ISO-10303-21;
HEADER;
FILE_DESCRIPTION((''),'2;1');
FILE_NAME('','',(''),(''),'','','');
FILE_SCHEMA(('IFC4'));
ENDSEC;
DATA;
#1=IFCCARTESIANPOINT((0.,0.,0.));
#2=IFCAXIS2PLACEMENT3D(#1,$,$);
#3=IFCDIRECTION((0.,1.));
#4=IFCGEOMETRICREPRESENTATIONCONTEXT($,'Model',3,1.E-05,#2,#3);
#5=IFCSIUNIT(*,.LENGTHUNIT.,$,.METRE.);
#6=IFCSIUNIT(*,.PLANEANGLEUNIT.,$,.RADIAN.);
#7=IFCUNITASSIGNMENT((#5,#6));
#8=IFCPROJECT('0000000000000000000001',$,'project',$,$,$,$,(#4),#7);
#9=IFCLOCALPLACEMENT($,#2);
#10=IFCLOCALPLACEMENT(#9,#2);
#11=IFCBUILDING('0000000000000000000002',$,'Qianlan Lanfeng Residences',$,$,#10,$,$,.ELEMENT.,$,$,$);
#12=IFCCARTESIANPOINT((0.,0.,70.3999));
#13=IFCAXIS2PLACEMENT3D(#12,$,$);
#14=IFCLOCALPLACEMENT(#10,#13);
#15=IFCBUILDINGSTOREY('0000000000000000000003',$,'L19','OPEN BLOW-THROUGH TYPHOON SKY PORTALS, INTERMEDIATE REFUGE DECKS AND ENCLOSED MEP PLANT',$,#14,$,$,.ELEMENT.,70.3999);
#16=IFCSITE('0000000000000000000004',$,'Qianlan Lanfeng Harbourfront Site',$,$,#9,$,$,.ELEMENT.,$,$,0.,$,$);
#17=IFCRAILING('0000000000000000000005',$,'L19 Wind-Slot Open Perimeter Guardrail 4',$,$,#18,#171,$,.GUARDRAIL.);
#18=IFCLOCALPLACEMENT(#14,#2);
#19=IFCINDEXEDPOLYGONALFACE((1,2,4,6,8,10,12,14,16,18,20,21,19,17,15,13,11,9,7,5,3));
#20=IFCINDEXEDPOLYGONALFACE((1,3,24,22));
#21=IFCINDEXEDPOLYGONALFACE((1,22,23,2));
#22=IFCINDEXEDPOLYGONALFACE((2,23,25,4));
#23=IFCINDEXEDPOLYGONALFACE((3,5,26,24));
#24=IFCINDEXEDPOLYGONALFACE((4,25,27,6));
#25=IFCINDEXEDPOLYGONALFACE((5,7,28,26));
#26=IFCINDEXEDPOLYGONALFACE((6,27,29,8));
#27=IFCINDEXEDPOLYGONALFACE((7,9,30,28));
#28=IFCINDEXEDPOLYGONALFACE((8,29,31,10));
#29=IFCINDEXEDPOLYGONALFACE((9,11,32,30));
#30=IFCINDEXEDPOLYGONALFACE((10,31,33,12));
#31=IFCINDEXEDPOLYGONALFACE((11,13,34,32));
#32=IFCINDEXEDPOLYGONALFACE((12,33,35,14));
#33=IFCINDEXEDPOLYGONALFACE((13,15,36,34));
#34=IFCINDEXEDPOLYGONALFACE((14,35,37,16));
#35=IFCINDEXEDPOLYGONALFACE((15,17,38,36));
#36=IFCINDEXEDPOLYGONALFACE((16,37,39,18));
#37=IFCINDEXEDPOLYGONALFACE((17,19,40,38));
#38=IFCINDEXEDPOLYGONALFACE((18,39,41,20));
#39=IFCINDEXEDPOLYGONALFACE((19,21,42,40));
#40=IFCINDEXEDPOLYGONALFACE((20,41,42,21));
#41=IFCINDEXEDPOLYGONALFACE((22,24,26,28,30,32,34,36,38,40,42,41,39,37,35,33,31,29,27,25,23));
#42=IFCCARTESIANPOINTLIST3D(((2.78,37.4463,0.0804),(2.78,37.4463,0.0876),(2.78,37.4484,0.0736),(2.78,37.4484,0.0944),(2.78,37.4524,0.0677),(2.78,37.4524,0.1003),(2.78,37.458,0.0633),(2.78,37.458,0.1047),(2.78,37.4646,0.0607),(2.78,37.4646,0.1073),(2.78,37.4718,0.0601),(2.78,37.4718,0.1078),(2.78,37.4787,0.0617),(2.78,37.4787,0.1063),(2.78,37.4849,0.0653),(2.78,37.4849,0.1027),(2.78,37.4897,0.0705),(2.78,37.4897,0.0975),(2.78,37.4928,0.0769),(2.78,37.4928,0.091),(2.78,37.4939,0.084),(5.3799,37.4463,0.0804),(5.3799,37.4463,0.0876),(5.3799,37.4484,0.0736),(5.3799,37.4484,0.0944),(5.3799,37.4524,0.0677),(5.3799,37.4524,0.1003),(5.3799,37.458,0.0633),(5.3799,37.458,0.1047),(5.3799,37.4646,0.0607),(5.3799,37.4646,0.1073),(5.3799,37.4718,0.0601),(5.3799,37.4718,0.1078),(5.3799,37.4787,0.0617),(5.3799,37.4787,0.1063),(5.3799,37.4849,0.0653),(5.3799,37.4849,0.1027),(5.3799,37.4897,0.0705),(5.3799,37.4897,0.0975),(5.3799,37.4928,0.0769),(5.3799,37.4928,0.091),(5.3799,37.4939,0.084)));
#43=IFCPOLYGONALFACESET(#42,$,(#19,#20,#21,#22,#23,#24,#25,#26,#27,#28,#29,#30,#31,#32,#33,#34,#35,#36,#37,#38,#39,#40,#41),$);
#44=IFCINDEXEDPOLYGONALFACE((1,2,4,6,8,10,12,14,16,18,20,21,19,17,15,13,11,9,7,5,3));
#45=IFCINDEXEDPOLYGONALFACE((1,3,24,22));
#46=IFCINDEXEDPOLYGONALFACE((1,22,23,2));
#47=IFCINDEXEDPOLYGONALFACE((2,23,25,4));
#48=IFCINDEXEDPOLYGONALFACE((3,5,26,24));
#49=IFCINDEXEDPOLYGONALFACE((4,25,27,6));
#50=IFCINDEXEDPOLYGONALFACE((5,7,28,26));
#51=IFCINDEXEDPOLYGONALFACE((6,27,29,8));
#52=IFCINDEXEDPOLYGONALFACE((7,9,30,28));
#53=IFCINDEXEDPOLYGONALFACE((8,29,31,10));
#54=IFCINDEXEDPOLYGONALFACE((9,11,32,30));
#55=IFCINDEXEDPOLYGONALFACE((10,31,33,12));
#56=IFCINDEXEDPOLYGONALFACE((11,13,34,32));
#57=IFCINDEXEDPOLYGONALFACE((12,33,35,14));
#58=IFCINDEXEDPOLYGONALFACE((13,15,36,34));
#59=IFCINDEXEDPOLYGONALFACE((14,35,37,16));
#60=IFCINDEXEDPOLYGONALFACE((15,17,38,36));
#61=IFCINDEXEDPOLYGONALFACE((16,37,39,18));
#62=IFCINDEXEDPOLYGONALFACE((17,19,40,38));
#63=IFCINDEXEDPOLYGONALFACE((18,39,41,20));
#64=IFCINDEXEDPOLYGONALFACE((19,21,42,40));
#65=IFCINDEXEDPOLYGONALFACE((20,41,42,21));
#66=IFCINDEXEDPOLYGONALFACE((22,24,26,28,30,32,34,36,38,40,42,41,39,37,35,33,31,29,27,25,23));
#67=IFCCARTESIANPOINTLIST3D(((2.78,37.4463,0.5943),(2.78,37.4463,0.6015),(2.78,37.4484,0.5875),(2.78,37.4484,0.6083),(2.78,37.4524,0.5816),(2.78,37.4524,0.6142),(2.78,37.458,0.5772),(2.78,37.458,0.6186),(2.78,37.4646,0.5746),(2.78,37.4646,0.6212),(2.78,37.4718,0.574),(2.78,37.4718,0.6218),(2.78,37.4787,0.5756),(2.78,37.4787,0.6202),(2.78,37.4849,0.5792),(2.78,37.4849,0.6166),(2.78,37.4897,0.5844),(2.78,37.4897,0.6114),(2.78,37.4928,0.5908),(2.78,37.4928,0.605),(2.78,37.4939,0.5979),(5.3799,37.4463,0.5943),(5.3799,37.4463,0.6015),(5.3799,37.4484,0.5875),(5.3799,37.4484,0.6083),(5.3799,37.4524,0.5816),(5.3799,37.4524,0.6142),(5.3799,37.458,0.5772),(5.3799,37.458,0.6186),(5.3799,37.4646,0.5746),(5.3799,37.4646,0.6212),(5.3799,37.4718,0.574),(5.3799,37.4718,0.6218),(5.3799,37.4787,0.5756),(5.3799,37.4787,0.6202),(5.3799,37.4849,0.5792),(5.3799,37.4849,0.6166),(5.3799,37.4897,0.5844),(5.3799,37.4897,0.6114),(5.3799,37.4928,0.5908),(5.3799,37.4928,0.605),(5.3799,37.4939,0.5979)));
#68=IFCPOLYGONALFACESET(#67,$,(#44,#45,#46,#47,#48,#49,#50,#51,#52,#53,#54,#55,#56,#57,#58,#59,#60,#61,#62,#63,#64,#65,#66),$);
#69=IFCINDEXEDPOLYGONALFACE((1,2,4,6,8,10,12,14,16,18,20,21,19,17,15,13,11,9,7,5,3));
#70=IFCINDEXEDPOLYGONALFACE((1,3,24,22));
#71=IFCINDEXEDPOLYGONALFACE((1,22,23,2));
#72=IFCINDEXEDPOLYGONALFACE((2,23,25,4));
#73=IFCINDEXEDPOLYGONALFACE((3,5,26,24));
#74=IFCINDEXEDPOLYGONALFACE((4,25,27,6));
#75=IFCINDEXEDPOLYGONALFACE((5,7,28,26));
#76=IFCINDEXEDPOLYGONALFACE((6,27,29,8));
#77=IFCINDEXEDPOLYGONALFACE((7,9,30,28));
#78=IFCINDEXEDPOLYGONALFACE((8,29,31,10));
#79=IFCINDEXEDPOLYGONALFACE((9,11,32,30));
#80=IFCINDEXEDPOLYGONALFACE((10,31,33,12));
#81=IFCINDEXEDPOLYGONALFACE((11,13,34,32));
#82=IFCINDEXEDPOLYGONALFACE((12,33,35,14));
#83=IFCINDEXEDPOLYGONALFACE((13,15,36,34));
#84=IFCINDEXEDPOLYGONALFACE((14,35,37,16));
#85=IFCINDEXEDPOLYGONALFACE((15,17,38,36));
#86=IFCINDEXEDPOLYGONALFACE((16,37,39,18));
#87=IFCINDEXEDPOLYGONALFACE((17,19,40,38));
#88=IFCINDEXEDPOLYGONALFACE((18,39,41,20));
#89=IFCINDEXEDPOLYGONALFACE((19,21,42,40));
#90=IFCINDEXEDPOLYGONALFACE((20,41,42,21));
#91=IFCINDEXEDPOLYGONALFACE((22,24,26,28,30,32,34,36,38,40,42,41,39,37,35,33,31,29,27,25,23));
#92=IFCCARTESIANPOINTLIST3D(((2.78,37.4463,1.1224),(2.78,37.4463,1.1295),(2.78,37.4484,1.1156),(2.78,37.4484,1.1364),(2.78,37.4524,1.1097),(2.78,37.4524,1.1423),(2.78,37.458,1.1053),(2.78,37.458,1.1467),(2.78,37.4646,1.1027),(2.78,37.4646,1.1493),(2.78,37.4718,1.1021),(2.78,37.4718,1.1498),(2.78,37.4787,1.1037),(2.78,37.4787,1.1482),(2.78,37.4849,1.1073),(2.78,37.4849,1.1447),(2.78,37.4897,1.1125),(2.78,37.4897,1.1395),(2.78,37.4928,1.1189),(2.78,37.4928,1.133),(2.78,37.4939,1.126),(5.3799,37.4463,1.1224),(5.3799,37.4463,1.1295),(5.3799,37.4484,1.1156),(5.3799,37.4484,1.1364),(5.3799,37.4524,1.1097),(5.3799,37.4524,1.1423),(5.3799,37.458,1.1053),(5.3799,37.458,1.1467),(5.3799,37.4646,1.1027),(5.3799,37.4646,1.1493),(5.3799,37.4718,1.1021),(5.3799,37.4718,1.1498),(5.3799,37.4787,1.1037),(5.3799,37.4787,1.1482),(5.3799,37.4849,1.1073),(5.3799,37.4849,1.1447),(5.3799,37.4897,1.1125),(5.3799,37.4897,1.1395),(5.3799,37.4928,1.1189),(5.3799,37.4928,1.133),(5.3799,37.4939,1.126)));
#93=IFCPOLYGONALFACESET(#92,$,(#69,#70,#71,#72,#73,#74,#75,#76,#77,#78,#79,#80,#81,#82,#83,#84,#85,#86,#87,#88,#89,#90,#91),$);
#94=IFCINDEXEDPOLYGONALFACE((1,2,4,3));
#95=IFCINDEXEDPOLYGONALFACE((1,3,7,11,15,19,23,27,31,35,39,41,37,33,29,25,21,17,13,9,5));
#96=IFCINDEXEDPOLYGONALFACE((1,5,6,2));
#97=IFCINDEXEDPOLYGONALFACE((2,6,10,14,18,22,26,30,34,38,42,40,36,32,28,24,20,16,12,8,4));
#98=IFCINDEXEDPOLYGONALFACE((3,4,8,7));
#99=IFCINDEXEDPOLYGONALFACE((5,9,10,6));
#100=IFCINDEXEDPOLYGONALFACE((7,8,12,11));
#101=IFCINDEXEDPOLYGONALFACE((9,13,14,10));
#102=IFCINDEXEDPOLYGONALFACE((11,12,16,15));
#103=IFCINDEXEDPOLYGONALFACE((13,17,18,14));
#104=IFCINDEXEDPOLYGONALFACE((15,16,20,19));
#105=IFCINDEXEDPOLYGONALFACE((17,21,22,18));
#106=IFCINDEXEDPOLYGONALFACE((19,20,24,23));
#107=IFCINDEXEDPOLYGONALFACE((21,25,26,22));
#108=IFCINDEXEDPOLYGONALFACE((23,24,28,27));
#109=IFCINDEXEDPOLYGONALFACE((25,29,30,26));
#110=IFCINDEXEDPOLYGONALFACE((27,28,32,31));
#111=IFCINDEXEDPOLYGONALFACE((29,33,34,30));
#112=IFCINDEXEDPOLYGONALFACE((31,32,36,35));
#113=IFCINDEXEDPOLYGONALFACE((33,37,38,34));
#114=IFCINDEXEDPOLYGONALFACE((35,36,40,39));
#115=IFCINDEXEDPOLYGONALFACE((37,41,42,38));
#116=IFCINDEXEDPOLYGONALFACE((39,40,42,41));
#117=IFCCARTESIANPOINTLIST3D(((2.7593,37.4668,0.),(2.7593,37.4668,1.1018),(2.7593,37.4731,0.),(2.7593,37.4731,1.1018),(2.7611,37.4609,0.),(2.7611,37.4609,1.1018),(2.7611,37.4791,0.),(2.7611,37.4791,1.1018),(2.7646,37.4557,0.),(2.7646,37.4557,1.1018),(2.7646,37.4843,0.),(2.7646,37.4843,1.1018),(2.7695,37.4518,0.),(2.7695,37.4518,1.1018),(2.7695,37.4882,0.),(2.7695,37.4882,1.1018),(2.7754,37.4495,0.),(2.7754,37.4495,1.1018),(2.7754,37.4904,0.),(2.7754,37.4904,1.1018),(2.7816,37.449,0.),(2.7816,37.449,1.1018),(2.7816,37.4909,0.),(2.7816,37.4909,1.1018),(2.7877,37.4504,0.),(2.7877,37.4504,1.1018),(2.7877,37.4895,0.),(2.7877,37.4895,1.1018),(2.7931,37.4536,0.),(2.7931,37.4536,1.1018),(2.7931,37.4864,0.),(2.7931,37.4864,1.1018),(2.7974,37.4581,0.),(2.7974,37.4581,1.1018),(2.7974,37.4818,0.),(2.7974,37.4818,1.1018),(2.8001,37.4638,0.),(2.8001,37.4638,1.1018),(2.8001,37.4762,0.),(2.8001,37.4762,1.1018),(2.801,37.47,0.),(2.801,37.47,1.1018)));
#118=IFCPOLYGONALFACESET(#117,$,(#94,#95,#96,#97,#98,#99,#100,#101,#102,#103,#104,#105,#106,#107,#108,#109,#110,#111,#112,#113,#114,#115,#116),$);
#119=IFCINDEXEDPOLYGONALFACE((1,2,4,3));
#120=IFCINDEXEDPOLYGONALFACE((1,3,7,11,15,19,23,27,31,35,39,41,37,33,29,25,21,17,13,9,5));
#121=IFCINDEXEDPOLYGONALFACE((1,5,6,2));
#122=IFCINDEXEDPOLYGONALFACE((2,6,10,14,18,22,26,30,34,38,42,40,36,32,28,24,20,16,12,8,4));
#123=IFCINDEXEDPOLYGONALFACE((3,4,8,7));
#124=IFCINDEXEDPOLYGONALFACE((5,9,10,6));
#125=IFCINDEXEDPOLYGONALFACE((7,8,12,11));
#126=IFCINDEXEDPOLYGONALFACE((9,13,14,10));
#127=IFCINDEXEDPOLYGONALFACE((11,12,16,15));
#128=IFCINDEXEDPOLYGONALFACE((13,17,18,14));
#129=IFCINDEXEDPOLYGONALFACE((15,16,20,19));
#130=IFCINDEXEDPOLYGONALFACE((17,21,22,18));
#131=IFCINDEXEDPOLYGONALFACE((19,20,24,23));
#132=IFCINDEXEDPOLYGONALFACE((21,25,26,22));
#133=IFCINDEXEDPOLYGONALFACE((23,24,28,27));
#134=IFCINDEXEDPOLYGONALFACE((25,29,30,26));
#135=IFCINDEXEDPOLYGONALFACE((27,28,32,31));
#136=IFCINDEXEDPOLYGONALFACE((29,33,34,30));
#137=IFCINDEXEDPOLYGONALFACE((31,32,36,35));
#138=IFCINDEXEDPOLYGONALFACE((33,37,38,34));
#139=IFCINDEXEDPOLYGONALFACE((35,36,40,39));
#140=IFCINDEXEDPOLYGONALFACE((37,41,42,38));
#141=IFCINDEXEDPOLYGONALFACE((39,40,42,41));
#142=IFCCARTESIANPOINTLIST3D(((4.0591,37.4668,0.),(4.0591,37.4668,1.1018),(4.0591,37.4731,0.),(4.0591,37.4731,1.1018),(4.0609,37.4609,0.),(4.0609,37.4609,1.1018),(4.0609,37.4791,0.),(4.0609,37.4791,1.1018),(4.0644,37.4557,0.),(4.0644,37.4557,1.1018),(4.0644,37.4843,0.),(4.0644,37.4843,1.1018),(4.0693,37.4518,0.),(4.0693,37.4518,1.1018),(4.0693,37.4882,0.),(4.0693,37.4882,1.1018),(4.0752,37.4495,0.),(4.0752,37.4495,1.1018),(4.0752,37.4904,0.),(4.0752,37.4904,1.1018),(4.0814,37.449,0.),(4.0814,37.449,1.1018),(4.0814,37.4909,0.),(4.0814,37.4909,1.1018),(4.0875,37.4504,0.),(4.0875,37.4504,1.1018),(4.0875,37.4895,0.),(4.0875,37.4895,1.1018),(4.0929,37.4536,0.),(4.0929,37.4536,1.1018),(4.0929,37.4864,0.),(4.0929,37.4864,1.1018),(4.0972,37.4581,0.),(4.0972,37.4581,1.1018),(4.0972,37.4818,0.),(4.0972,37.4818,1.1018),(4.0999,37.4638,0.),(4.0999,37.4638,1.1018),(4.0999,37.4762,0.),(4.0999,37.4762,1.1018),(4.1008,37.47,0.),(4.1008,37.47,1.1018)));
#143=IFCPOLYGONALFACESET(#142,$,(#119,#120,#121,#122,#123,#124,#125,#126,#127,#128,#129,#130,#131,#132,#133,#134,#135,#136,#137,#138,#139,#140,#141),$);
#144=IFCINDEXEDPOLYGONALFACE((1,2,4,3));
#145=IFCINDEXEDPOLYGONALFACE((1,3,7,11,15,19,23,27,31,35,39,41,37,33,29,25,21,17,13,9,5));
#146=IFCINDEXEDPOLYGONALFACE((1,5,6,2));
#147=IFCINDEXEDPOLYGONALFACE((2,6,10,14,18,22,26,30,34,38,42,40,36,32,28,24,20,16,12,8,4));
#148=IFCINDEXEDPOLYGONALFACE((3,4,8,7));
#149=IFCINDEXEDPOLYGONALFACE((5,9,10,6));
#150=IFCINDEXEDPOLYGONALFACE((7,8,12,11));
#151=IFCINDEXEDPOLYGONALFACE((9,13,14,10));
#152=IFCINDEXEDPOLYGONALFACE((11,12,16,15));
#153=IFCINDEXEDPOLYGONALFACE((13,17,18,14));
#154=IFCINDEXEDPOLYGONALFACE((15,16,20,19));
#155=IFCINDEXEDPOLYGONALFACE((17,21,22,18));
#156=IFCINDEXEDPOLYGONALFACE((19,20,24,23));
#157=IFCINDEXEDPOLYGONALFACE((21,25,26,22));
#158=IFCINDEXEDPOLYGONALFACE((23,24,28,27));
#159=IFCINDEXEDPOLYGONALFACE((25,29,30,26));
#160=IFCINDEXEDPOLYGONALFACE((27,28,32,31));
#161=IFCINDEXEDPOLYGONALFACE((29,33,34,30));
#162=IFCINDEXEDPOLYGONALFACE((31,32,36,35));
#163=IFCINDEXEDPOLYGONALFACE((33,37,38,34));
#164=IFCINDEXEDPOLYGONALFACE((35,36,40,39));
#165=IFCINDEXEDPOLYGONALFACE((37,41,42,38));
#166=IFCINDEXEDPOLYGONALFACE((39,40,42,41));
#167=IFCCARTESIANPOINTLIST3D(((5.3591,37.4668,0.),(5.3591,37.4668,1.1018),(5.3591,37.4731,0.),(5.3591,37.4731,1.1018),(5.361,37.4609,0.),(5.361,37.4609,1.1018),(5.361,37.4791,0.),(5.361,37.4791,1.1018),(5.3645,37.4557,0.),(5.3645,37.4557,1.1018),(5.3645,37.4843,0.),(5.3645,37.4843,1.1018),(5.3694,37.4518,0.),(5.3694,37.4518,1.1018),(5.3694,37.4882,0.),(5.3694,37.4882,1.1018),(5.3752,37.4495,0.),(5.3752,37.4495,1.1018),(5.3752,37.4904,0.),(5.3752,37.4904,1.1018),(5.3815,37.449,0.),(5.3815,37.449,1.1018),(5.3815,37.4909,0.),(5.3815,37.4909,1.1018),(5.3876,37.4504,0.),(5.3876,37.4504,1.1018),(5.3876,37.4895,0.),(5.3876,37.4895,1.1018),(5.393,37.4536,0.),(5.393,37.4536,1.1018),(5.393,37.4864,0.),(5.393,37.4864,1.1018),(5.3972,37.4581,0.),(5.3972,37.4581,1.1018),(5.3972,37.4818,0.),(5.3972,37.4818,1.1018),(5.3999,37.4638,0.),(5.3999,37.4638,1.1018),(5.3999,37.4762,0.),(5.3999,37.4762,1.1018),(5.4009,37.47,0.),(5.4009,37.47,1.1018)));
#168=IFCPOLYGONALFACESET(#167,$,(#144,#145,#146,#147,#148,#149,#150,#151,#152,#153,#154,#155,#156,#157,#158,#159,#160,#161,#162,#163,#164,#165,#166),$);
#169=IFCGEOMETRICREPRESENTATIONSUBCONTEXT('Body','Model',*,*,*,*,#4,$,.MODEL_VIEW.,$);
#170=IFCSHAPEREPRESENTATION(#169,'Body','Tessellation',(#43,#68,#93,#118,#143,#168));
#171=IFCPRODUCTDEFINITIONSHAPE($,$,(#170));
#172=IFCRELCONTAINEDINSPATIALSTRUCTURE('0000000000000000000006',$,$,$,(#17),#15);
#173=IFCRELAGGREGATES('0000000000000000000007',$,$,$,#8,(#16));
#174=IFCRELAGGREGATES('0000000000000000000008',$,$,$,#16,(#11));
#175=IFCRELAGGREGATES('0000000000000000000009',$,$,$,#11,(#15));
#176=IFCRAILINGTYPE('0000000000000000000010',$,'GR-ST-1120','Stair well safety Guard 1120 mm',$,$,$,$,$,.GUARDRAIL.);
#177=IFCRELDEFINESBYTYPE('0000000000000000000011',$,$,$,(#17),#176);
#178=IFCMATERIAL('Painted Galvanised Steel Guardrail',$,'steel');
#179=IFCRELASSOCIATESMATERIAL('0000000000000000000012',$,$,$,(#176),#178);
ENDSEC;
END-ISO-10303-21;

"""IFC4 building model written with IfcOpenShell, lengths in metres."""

from ifc_helpers import new_model, si_unit, direction, frame, origin, origin_2d, place, context, subcontext, project, spatial, circle, extrude, material, type_object, element, save


model = new_model("IFC4")

# Units and contexts
model_context = context("Model", 3, precision=1e-05, world=origin(), true_north=direction((0.0, 1.0)))
body_context = subcontext(model_context, "Body", "Model", "MODEL_VIEW")
ifc_project = project(units=[si_unit("LENGTHUNIT", "METRE"), si_unit("PLANEANGLEUNIT", "RADIAN")], contexts=[model_context])

# Site, building, storey
site_placement = place(None, origin())
site = spatial("IfcSite", under=ifc_project, at=site_placement, Name="Qianlan Lanfeng Harbourfront Site", CompositionType="ELEMENT", RefElevation=0.0)
building_placement = place(site_placement, origin())
building = spatial("IfcBuilding", under=site, at=building_placement, Name="Qianlan Lanfeng Residences", CompositionType="ELEMENT")
storey_placement = place(building_placement, frame((0.0, 0.0, 70.3999)))
storey = spatial("IfcBuildingStorey", under=building, at=storey_placement, Name="L19", Description="OPEN BLOW-THROUGH TYPHOON SKY PORTALS, INTERMEDIATE REFUGE DECKS AND ENCLOSED MEP PLANT", CompositionType="ELEMENT", Elevation=70.3999)

# Railing
ifc_material_1 = material(Name="Painted Galvanised Steel Guardrail", Category="steel")
railing_type_1 = type_object("IfcRailingType", Name="GR-ST-1120", Description="Stair well safety Guard 1120 mm", PredefinedType="GUARDRAIL", material=ifc_material_1)
railing_1_placement = place(storey_placement, frame((2.78, 37.47, 0.0)))
element("IfcRailing", 1, at=railing_1_placement, inside=storey, type_object=railing_type_1, Name="L19 Wind-Slot Open Perimeter Guardrail 4", PredefinedType="GUARDRAIL", context=body_context, shape_type="SweptSolid", body=[
    extrude(circle(Radius=0.0239, at=origin_2d()), frame((0.0, 0.0, 0.084), z_axis=(1.0, 0.0, 0.0), x_axis=(0.0, 1.0, 0.0)), (0.0, 0.0, 1.0), 2.5999),
    extrude(circle(Radius=0.0239, at=origin_2d()), frame((0.0, 0.0, 0.5979), z_axis=(1.0, 0.0, 0.0), x_axis=(0.0, 1.0, 0.0)), (0.0, 0.0, 1.0), 2.5999),
    extrude(circle(Radius=0.0239, at=origin_2d()), frame((0.0, 0.0, 1.126), z_axis=(1.0, 0.0, 0.0), x_axis=(0.0, 1.0, 0.0)), (0.0, 0.0, 1.0), 2.5999),
    extrude(circle(Radius=0.021, at=origin_2d()), origin(), (0.0, 0.0, 1.0), 1.1018),
    extrude(circle(Radius=0.021, at=origin_2d()), frame((1.2998, 0.0, 0.0)), (0.0, 0.0, 1.0), 1.1018),
    extrude(circle(Radius=0.021, at=origin_2d()), frame((2.5999, 0.0, 0.0)), (0.0, 0.0, 1.0), 1.1018),
])

save(model, "model.ifc")
